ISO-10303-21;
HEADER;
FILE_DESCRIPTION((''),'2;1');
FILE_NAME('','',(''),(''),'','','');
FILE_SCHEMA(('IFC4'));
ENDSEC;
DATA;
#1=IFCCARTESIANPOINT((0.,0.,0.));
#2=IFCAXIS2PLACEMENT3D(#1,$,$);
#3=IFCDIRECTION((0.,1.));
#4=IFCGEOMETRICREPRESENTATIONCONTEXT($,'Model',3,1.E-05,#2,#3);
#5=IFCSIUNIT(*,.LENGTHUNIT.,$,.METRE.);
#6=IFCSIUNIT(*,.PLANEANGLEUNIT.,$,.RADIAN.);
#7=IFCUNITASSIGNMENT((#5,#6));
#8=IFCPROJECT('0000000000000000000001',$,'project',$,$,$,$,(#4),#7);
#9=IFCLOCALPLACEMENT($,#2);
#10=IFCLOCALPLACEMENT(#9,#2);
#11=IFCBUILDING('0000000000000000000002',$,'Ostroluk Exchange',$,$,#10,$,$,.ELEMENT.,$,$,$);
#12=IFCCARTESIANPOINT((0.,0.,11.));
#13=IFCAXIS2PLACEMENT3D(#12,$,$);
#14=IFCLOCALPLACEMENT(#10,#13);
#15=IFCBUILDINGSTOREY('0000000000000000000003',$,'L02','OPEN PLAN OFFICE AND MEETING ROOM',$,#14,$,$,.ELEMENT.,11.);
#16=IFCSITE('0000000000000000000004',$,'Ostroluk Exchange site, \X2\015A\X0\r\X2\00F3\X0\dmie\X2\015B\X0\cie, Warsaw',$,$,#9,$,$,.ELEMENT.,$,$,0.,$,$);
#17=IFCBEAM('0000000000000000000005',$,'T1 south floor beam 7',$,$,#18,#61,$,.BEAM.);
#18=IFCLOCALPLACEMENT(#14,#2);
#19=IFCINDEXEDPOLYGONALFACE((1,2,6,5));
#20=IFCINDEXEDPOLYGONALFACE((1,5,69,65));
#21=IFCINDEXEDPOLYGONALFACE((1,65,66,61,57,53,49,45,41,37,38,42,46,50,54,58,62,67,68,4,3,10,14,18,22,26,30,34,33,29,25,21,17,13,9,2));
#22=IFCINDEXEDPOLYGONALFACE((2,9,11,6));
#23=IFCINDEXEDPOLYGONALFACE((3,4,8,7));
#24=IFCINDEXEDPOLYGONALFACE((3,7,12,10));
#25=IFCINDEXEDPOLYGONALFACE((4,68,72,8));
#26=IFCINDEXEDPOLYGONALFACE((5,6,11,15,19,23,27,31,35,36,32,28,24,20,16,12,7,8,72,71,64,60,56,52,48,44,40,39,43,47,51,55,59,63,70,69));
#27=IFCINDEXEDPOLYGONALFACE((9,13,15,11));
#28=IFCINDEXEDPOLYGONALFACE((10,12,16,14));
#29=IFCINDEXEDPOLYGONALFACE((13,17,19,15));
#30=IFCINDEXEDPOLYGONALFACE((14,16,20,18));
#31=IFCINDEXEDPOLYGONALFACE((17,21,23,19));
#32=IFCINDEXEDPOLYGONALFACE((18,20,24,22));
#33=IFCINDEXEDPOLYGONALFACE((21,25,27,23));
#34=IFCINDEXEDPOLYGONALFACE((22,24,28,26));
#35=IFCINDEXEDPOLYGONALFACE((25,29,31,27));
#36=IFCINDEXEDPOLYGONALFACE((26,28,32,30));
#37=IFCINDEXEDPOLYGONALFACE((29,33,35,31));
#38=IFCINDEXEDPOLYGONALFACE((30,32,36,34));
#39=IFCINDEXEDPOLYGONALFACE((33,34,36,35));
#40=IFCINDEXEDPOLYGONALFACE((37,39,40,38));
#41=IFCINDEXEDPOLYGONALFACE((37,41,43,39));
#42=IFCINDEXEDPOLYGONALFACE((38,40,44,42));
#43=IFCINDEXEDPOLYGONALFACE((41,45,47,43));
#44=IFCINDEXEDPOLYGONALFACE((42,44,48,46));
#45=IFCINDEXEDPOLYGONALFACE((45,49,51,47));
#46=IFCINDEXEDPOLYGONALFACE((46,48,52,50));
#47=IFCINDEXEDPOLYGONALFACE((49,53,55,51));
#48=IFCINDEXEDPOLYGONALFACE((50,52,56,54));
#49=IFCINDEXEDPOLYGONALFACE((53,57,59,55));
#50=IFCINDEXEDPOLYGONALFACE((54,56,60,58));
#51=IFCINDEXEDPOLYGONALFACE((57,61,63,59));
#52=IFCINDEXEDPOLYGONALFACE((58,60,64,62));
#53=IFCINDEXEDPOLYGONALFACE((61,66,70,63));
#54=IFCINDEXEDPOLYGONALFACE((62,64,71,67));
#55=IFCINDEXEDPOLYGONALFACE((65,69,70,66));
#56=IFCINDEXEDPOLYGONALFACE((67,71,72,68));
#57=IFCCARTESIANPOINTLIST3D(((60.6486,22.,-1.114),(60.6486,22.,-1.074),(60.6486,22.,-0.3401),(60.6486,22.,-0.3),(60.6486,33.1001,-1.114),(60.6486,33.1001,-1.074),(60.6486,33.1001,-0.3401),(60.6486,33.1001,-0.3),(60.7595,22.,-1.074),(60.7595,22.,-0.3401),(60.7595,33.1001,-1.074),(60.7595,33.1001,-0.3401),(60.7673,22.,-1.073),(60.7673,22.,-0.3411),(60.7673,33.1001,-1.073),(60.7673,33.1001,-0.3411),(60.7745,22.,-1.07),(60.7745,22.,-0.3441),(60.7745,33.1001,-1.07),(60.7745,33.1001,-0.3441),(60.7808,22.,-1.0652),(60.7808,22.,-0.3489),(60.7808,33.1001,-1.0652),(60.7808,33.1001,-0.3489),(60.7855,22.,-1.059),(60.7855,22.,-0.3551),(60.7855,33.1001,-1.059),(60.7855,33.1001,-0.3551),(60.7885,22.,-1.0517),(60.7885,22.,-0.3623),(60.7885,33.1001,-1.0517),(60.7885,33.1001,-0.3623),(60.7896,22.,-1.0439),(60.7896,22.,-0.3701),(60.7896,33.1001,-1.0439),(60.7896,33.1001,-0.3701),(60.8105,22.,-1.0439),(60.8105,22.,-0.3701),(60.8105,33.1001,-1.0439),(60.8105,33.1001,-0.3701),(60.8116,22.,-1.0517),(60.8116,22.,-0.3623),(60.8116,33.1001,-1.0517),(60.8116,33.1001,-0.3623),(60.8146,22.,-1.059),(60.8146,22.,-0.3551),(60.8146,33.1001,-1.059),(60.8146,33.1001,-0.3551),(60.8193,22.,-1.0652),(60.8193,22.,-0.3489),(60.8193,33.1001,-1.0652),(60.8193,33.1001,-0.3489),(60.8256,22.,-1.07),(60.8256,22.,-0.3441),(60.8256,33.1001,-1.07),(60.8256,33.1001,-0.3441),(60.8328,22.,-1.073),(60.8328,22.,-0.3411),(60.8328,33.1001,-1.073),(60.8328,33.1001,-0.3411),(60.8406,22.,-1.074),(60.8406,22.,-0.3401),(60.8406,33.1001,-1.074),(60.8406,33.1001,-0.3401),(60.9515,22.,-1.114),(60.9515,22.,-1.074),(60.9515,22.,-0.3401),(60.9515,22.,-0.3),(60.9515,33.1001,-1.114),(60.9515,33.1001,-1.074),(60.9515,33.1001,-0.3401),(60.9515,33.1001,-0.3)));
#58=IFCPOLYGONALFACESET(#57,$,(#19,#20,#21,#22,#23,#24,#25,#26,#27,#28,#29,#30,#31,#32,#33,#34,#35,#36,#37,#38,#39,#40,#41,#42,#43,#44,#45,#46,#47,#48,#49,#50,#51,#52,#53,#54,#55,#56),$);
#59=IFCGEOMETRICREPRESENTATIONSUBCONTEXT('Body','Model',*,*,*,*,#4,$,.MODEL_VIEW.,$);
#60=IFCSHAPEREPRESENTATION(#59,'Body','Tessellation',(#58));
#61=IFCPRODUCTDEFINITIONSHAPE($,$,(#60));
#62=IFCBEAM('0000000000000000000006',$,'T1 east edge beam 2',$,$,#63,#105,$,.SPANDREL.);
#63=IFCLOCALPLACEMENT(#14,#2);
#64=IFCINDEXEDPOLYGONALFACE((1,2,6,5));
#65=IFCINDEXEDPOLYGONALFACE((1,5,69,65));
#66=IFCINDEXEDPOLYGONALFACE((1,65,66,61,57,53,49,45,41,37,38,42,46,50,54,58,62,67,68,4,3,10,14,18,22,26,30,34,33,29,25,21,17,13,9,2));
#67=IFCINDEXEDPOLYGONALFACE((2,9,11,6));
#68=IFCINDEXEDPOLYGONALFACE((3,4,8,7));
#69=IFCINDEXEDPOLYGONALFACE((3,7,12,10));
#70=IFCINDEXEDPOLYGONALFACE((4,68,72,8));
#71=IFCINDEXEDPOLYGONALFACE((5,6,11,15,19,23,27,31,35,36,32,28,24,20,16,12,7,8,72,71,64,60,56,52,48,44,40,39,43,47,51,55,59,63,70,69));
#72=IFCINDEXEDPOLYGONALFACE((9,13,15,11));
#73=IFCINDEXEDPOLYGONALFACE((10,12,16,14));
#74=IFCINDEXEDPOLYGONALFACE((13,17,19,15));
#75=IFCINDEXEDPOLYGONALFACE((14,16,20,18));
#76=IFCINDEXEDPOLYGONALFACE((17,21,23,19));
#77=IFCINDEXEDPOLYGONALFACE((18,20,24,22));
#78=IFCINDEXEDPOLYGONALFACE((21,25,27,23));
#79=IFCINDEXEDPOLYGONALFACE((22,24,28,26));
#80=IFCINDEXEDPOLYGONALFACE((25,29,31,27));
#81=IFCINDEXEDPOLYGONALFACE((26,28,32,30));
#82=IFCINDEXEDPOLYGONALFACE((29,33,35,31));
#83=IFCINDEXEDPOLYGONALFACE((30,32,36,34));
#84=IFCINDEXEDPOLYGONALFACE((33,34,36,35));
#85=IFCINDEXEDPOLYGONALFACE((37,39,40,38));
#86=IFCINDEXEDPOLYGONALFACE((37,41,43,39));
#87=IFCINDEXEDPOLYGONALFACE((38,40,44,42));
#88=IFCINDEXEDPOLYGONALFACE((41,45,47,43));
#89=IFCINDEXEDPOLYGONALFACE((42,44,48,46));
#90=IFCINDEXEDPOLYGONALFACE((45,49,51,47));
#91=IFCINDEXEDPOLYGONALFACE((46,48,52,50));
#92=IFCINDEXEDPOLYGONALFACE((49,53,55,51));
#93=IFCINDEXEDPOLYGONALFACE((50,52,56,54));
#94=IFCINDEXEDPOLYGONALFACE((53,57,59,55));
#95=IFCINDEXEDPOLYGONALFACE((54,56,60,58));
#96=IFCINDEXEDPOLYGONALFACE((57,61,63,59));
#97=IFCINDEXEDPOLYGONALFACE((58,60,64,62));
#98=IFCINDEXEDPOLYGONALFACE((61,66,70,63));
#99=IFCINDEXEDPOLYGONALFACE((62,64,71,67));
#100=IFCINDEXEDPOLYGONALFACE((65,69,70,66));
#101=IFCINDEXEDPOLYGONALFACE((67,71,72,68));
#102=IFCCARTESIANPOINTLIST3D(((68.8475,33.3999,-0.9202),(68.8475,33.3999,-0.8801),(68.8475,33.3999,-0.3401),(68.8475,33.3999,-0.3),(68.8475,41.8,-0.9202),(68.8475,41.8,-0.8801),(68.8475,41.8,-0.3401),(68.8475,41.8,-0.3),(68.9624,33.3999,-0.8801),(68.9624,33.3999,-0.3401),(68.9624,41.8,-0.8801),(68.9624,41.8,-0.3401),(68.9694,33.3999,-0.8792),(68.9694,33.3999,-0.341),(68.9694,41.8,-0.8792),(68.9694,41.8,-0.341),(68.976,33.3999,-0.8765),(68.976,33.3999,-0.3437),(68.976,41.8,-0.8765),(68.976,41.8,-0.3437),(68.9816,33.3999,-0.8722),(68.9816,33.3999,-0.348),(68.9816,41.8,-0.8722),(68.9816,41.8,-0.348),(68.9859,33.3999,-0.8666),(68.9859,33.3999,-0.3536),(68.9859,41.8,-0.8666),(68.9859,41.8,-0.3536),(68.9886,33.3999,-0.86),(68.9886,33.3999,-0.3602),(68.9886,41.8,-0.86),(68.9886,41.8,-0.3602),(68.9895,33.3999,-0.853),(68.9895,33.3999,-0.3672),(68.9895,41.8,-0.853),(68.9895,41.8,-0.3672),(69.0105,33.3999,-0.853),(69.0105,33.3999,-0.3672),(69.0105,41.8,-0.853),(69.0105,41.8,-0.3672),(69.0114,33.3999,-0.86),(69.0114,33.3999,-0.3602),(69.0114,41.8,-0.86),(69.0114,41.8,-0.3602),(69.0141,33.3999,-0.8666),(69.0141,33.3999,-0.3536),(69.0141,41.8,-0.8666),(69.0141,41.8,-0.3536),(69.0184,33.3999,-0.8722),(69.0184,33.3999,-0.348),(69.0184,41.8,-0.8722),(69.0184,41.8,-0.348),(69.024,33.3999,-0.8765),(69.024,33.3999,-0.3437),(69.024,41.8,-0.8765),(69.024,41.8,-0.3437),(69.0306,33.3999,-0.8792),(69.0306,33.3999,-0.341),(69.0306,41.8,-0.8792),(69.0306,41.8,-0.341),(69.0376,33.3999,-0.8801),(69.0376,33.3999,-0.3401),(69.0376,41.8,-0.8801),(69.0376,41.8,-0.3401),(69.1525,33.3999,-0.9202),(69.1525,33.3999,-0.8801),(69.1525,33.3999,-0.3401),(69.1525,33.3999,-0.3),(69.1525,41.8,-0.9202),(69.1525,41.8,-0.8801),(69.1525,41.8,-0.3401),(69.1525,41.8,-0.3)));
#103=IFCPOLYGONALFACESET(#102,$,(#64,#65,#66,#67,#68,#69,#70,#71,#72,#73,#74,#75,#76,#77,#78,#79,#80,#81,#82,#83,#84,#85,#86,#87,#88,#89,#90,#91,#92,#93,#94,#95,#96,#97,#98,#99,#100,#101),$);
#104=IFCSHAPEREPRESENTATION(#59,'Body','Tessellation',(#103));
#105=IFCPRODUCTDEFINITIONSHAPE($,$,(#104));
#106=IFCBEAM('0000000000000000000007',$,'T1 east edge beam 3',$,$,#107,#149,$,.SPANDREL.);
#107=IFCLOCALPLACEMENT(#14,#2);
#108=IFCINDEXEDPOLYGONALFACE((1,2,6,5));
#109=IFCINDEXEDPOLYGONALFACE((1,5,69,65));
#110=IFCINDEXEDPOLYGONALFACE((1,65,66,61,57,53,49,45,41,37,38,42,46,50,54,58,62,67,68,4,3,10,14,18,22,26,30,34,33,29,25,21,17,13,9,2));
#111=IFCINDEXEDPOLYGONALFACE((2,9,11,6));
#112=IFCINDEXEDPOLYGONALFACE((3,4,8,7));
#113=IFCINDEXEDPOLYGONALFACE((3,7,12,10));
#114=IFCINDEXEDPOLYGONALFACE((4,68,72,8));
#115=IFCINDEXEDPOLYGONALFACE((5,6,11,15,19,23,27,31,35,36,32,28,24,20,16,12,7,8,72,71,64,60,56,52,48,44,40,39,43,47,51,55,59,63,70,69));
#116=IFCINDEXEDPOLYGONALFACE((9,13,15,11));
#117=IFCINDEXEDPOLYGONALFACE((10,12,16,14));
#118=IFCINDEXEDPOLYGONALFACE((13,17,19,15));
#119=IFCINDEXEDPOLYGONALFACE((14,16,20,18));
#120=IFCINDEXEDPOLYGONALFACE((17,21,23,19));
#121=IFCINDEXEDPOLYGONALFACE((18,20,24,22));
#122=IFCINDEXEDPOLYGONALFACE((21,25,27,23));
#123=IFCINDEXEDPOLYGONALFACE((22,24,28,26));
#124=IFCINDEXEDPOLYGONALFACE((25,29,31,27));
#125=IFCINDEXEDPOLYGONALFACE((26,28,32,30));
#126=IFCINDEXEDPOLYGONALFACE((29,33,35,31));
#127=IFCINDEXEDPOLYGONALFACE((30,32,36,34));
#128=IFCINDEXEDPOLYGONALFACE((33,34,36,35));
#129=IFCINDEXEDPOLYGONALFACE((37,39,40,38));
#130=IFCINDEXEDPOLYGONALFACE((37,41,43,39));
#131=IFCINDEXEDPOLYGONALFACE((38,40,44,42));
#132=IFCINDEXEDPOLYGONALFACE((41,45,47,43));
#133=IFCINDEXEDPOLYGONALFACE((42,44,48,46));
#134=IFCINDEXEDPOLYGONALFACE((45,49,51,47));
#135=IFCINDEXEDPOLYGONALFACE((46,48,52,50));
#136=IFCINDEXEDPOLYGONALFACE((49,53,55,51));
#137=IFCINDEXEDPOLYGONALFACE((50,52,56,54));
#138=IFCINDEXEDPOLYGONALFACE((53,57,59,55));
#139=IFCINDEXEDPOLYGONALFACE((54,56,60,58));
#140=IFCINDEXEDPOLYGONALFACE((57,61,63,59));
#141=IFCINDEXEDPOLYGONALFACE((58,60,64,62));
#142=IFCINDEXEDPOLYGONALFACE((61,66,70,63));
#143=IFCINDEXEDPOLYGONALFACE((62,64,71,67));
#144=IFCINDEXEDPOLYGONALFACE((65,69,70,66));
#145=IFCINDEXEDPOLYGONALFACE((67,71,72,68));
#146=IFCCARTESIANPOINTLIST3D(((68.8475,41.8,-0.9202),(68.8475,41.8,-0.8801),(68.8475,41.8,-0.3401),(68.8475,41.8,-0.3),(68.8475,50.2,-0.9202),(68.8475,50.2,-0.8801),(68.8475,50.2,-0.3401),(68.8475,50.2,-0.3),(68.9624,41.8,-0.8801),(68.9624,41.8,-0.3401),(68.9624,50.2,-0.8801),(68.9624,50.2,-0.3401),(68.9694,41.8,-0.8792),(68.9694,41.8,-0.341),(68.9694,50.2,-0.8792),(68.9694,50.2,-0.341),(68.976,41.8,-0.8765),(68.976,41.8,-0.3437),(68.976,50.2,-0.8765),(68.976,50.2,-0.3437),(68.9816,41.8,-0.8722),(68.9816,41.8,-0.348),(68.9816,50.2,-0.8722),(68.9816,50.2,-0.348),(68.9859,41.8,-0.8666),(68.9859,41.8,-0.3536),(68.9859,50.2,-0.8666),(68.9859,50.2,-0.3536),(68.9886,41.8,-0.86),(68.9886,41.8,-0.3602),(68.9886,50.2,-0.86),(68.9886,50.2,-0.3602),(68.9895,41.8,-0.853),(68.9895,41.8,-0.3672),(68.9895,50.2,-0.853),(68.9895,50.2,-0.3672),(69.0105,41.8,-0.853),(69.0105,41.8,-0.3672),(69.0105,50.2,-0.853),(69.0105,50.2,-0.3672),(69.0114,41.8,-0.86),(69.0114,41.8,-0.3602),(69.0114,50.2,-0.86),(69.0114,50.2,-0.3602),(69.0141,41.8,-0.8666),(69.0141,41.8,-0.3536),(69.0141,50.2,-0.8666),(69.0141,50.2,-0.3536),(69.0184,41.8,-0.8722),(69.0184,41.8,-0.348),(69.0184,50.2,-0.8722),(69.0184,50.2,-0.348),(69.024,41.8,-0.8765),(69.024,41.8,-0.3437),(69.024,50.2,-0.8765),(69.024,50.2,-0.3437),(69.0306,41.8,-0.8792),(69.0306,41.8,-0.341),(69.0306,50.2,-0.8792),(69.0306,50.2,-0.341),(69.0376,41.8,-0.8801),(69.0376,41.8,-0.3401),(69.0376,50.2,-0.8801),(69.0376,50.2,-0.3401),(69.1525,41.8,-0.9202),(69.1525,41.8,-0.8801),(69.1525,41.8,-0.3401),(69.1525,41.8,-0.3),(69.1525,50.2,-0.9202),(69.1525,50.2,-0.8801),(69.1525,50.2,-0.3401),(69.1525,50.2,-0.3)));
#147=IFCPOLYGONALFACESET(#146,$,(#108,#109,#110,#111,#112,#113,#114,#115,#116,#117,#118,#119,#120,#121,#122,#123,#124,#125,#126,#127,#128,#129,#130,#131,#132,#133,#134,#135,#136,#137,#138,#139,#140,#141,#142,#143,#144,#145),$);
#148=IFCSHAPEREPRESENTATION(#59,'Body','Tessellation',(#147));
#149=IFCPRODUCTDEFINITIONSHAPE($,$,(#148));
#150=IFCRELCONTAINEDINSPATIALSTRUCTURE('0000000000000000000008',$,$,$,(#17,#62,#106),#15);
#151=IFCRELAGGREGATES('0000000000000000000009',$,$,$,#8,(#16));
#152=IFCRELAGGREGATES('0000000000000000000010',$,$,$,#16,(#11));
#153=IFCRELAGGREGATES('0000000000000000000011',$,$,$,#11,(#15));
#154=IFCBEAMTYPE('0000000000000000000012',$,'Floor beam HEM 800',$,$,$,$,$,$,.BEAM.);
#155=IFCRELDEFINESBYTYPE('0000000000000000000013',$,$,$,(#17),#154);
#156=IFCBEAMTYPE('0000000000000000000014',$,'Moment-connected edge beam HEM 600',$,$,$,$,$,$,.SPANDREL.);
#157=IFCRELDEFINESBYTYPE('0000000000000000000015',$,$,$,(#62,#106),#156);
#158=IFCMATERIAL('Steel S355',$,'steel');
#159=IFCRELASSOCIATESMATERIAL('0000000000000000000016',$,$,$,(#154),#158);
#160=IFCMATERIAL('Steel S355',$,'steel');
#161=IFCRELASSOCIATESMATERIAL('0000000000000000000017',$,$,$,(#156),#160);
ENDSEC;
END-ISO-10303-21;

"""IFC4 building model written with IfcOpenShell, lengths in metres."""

from ifc_helpers import new_model, si_unit, direction, frame, origin, origin_2d, place, context, subcontext, project, spatial, i_section, extrude, material, material_profile, profile_set, type_object, element, save


model = new_model("IFC4")

# Units and contexts
model_context = context("Model", 3, precision=1e-05, world=origin(), true_north=direction((0.0, 1.0)))
body_context = subcontext(model_context, "Body", "Model", "MODEL_VIEW")
ifc_project = project(units=[si_unit("LENGTHUNIT", "METRE"), si_unit("PLANEANGLEUNIT", "RADIAN")], contexts=[model_context])

# Site, building, storey
site_placement = place(None, origin())
site = spatial("IfcSite", under=ifc_project, at=site_placement, Name="Ostroluk Exchange site, Śródmieście, Warsaw", CompositionType="ELEMENT", RefElevation=0.0)
building_placement = place(site_placement, origin())
building = spatial("IfcBuilding", under=site, at=building_placement, Name="Ostroluk Exchange", CompositionType="ELEMENT")
storey_placement = place(building_placement, frame((0.0, 0.0, 11.0)))
storey = spatial("IfcBuildingStorey", under=building, at=storey_placement, Name="L02", Description="OPEN PLAN OFFICE AND MEETING ROOM", CompositionType="ELEMENT", Elevation=11.0)

# Beams
ifc_material_1 = material(Name="Steel S355", Category="steel")
ifc_material_profile_1 = material_profile(ifc_material_1, i_section(OverallWidth=0.303, OverallDepth=0.814, WebThickness=0.021, FlangeThickness=0.04, FilletRadius=0.03, at=origin_2d()), Name="HEM 800")
ifc_profile_set_1 = profile_set([ifc_material_profile_1], Name="Steel S355")
beam_type_1 = type_object("IfcBeamType", Name="Floor beam HEM 800", PredefinedType="BEAM", material=ifc_profile_set_1)
beam_1_placement = place(storey_placement, frame((60.8, 33.1001, -0.707), z_axis=(0.0, -1.0, 0.0), x_axis=(1.0, 0.0, 0.0)))
element("IfcBeam", 1, at=beam_1_placement, inside=storey, type_object=beam_type_1, Name="T1 south floor beam 7", PredefinedType="BEAM", context=body_context, shape_type="SweptSolid", body=[
    extrude(i_section(OverallWidth=0.303, OverallDepth=0.814, WebThickness=0.021, FlangeThickness=0.04, FilletRadius=0.03, at=origin_2d()), origin(), (0.0, 0.0, 1.0), 11.1001),
])
ifc_material_2 = material(Name="Steel S355", Category="steel")
ifc_material_profile_2 = material_profile(ifc_material_2, i_section(OverallWidth=0.3049, OverallDepth=0.6201, WebThickness=0.021, FlangeThickness=0.04, FilletRadius=0.0271, at=origin_2d()), Name="HEM 600")
ifc_profile_set_2 = profile_set([ifc_material_profile_2], Name="Steel S355")
beam_type_2 = type_object("IfcBeamType", Name="Moment-connected edge beam HEM 600", PredefinedType="SPANDREL", material=ifc_profile_set_2)
beam_2_placement = place(storey_placement, frame((69.0, 33.3999, -0.6101), z_axis=(0.0, 1.0, 0.0), x_axis=(-1.0, 0.0, 0.0)))
element("IfcBeam", 2, at=beam_2_placement, inside=storey, type_object=beam_type_2, Name="T1 east edge beam 2", PredefinedType="SPANDREL", context=body_context, shape_type="SweptSolid", body=[
    extrude(i_section(OverallWidth=0.3049, OverallDepth=0.6201, WebThickness=0.021, FlangeThickness=0.04, FilletRadius=0.0271, at=origin_2d()), origin(), (0.0, 0.0, 1.0), 8.4001),
])
beam_3_placement = place(storey_placement, frame((69.0, 41.8, -0.6101), z_axis=(0.0, 1.0, 0.0), x_axis=(-1.0, 0.0, 0.0)))
element("IfcBeam", 3, at=beam_3_placement, inside=storey, type_object=beam_type_2, Name="T1 east edge beam 3", PredefinedType="SPANDREL", context=body_context, shape_type="SweptSolid", body=[
    extrude(i_section(OverallWidth=0.3049, OverallDepth=0.6201, WebThickness=0.021, FlangeThickness=0.04, FilletRadius=0.0271, at=origin_2d()), origin(), (0.0, 0.0, 1.0), 8.3999),
])

save(model, "model.ifc")
